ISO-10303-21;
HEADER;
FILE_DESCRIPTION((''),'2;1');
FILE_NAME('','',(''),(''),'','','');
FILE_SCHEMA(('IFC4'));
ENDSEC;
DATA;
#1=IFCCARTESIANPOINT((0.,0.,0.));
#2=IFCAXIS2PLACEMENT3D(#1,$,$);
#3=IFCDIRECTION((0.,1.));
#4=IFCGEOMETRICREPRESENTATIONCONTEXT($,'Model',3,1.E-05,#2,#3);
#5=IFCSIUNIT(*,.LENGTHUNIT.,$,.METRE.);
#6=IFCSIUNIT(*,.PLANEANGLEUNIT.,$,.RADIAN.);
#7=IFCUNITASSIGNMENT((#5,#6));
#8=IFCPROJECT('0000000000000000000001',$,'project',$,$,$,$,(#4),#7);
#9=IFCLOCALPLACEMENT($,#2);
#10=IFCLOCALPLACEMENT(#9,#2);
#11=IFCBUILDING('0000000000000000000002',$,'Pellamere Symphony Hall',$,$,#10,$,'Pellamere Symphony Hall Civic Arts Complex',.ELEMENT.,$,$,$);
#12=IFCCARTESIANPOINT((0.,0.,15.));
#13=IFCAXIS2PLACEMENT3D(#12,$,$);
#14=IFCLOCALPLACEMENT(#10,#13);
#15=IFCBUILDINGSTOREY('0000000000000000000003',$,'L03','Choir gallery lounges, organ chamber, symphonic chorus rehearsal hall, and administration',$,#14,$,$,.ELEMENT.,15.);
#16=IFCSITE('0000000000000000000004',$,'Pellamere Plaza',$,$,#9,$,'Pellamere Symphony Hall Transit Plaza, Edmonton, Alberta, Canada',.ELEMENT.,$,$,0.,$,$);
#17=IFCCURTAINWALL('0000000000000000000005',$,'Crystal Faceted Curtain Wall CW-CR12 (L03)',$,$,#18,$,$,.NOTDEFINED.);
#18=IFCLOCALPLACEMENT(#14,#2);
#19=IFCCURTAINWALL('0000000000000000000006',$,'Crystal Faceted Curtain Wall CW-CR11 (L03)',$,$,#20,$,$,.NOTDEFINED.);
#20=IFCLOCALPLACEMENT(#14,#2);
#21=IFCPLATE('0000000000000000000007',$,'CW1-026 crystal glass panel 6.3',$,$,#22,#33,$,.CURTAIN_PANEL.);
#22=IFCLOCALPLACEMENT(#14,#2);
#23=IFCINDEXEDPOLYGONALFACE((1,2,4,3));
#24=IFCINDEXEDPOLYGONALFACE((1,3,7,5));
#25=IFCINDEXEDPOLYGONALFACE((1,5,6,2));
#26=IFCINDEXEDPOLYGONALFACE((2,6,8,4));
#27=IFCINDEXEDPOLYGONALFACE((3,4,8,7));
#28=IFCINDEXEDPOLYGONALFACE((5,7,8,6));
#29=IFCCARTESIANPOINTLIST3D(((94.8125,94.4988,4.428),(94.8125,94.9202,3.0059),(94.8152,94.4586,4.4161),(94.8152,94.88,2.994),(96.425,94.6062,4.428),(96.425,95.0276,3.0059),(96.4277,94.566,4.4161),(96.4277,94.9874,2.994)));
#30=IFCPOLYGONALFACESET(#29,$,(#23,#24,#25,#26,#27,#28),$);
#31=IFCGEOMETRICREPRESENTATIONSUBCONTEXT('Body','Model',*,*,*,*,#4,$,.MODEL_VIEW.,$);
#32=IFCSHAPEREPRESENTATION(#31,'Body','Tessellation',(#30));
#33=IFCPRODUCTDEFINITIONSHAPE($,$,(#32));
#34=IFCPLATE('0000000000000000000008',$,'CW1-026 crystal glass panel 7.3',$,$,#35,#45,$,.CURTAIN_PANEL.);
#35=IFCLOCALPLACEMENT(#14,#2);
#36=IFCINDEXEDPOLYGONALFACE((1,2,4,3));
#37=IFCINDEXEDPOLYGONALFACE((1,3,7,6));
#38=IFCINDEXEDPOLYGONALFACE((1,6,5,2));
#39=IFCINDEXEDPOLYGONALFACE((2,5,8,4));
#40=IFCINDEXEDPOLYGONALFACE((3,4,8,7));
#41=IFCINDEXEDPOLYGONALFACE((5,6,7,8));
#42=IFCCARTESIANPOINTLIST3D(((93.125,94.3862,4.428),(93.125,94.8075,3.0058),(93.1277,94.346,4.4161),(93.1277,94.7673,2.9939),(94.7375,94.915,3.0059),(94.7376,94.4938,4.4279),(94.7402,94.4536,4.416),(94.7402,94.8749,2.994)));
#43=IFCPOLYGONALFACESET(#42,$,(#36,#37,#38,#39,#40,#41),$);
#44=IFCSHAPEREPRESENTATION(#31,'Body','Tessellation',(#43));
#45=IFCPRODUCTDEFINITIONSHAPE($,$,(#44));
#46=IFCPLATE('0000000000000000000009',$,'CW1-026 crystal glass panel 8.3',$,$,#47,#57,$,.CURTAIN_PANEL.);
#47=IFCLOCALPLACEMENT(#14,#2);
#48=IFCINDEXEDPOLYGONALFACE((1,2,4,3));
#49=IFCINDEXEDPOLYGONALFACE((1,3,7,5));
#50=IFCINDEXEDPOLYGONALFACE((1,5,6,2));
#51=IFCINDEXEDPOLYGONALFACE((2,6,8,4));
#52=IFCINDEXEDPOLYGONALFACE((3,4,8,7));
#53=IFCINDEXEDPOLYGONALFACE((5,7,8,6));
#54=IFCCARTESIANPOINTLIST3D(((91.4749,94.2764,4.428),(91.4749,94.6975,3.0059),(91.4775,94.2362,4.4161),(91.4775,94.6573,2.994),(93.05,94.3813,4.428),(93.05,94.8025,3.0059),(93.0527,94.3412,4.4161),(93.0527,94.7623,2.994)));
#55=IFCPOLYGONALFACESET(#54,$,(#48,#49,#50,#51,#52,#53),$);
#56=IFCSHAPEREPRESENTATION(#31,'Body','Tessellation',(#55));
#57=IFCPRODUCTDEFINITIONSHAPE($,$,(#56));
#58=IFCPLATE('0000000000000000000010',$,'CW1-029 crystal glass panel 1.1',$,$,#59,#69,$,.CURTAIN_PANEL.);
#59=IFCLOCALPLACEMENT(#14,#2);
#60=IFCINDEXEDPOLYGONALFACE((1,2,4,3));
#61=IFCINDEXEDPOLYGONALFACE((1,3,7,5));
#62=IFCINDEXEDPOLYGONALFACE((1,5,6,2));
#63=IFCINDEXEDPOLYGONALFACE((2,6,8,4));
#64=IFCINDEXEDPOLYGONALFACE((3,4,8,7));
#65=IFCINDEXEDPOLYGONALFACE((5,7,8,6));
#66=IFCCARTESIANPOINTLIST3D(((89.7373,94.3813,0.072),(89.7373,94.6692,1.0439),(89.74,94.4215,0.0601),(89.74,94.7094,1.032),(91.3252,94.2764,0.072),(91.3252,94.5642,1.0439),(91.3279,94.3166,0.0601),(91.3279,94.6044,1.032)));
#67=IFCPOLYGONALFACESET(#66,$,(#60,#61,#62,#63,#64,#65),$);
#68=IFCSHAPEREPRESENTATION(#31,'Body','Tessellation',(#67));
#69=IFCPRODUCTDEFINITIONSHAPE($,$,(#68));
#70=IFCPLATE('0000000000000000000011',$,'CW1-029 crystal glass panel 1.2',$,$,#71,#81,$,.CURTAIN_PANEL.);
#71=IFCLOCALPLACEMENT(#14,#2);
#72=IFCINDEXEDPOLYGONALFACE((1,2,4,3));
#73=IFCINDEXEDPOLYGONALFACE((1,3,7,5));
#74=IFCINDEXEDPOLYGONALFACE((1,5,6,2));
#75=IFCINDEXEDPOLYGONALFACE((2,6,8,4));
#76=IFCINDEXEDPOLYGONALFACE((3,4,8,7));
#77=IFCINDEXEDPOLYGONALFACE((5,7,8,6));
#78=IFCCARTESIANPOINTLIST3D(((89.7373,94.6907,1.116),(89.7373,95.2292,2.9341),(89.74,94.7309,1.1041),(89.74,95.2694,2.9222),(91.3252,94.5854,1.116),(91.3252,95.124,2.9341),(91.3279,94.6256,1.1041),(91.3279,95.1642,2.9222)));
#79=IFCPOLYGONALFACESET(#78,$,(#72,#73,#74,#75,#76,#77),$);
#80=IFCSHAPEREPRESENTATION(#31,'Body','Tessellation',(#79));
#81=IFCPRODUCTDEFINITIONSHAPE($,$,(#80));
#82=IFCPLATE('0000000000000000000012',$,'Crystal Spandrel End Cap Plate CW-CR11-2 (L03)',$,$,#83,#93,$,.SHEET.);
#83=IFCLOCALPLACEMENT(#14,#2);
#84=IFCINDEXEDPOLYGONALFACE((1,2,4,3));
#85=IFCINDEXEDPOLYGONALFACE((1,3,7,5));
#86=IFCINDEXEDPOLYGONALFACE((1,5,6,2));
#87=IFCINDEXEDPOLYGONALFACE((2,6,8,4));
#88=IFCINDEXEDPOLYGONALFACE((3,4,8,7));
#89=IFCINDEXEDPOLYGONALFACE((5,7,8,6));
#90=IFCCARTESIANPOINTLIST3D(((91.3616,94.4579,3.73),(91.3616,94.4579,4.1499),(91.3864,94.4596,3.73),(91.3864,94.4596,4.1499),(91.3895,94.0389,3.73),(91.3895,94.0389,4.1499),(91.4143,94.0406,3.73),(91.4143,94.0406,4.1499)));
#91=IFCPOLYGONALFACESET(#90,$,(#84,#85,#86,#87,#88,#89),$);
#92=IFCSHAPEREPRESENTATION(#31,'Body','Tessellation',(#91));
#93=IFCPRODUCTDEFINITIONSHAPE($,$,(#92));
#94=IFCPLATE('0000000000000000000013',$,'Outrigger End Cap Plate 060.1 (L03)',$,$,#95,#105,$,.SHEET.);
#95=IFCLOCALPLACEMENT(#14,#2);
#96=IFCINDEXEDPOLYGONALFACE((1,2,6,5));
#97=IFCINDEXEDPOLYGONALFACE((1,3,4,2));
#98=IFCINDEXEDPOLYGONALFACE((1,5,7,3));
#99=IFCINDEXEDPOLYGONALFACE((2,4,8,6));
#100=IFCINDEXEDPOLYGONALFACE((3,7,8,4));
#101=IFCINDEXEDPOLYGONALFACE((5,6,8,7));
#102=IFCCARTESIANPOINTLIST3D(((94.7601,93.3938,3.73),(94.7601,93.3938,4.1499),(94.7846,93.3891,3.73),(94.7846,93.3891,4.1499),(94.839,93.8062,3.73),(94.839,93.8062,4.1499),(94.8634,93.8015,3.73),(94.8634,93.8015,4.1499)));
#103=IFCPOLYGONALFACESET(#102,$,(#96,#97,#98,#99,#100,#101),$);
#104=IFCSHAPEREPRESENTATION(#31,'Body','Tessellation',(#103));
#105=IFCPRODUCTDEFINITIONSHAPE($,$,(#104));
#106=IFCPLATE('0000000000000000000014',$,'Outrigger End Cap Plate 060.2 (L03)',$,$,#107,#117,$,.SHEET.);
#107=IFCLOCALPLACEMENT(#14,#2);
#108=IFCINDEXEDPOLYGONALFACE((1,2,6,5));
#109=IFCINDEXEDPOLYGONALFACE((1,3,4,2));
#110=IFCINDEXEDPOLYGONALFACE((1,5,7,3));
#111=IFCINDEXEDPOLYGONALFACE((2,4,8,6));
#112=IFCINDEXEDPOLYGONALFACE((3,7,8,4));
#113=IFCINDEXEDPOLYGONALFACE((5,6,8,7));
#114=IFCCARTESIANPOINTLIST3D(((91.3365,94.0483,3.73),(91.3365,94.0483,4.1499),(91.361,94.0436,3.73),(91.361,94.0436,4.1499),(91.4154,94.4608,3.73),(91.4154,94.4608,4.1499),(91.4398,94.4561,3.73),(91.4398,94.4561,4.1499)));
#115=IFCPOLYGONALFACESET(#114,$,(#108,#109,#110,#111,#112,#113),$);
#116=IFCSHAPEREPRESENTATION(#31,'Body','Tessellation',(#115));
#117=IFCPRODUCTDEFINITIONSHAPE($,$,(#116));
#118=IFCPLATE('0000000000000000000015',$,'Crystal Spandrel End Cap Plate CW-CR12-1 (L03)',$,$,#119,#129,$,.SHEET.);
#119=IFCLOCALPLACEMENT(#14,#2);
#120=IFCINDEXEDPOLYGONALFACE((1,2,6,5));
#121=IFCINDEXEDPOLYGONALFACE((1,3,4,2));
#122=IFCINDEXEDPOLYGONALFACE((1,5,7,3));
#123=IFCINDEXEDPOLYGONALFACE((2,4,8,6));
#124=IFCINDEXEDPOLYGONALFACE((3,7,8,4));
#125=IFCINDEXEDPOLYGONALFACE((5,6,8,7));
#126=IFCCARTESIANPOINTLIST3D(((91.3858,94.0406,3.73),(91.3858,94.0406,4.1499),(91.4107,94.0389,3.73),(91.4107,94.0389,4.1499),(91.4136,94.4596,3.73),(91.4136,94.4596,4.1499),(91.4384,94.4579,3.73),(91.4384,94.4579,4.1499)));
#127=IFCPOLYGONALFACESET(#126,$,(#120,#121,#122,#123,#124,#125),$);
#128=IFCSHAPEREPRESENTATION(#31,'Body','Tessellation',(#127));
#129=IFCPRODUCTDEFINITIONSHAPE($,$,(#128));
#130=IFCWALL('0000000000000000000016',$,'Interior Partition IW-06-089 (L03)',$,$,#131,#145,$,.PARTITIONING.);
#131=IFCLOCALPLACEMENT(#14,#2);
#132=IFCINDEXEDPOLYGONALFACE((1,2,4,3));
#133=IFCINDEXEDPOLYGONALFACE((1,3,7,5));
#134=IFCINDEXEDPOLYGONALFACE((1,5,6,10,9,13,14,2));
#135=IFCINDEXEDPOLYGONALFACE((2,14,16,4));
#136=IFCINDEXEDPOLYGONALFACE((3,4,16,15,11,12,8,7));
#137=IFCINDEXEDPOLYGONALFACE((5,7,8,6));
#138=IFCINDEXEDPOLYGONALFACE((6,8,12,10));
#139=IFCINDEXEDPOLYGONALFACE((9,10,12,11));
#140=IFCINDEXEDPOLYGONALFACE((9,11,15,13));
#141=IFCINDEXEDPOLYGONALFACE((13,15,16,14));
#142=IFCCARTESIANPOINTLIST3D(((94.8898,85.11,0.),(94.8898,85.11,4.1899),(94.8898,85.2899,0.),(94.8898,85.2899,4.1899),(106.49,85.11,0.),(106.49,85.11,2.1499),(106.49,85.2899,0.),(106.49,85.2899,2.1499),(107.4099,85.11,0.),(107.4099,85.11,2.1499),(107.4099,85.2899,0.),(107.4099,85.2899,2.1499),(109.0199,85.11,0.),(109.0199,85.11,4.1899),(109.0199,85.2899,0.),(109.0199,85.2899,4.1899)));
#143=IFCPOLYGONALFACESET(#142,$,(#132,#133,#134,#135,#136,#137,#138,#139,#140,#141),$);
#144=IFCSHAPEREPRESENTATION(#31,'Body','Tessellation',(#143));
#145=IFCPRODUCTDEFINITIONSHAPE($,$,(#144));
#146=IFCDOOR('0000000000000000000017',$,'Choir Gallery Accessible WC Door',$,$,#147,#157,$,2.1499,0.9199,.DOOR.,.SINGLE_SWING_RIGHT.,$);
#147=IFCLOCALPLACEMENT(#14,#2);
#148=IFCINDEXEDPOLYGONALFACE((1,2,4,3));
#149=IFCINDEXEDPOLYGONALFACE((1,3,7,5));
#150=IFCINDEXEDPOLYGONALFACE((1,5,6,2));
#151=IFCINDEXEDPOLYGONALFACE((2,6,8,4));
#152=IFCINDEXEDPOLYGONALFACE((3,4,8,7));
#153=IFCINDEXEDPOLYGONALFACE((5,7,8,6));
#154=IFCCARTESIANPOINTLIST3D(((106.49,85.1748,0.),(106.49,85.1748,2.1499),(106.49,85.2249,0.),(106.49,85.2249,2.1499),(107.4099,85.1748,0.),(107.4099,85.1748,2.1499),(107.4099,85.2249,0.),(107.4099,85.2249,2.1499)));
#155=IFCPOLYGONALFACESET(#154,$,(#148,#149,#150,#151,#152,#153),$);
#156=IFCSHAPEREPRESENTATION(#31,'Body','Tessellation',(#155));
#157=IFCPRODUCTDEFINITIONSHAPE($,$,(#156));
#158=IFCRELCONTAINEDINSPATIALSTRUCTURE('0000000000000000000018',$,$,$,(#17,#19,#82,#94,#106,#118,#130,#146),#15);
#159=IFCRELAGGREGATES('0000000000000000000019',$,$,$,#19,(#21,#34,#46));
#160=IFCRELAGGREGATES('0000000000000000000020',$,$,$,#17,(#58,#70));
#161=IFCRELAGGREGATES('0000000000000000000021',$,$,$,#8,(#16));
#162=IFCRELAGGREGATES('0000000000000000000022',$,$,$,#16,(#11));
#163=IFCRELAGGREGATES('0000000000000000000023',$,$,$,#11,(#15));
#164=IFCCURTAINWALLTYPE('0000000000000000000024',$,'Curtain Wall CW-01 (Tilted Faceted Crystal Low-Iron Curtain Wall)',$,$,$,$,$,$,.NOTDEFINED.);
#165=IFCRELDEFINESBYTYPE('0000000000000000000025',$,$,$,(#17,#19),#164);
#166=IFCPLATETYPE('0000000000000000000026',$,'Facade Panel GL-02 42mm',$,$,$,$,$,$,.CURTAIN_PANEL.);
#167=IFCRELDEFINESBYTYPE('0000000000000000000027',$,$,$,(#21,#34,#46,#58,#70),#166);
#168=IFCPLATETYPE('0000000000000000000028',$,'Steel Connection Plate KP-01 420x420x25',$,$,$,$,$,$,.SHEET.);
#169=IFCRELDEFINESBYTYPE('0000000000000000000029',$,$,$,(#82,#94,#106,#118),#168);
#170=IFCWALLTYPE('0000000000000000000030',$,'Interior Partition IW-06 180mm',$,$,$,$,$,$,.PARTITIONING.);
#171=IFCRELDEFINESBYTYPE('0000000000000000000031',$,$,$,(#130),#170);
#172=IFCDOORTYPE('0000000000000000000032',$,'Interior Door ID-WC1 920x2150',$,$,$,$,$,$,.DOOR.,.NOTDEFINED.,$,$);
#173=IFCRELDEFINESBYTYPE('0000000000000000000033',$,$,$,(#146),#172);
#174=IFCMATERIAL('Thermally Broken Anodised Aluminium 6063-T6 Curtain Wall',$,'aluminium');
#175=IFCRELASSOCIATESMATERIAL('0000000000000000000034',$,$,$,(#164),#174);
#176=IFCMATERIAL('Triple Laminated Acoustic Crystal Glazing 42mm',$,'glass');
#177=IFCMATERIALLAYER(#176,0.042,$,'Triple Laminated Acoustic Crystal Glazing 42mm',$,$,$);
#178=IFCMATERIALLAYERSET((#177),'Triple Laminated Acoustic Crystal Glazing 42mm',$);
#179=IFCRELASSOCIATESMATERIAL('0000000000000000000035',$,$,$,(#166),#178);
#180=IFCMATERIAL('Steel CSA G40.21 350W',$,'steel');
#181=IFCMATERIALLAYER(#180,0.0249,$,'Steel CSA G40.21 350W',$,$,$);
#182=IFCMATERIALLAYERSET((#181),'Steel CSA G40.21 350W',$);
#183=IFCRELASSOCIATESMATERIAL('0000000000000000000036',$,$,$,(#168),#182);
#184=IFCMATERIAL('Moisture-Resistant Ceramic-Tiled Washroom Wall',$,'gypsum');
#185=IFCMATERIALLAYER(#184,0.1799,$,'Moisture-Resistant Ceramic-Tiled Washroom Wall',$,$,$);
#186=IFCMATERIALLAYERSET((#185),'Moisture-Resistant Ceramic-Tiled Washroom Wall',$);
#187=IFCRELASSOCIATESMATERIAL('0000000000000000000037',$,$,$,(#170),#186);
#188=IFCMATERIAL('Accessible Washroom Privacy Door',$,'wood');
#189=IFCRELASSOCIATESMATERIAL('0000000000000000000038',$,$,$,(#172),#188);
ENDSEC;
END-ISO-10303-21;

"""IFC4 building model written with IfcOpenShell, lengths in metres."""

from ifc_helpers import new_model, si_unit, direction, frame, frame_2d, origin, origin_2d, place, context, subcontext, project, spatial, polyline, rectangle, outline, extrude, material, layer, layer_set, type_object, element, fill, aggregate, save


model = new_model("IFC4")

# Units and contexts
model_context = context("Model", 3, precision=1e-05, world=origin(), true_north=direction((0.0, 1.0)))
body_context = subcontext(model_context, "Body", "Model", "MODEL_VIEW")
ifc_project = project(units=[si_unit("LENGTHUNIT", "METRE"), si_unit("PLANEANGLEUNIT", "RADIAN")], contexts=[model_context])

# Site, building, storey
site_placement = place(None, origin())
site = spatial("IfcSite", under=ifc_project, at=site_placement, Name="Pellamere Plaza", LongName="Pellamere Symphony Hall Transit Plaza, Edmonton, Alberta, Canada", CompositionType="ELEMENT", RefElevation=0.0)
building_placement = place(site_placement, origin())
building = spatial("IfcBuilding", under=site, at=building_placement, Name="Pellamere Symphony Hall", LongName="Pellamere Symphony Hall Civic Arts Complex", CompositionType="ELEMENT")
storey_placement = place(building_placement, frame((0.0, 0.0, 15.0)))
storey = spatial("IfcBuildingStorey", under=building, at=storey_placement, Name="L03", Description="Choir gallery lounges, organ chamber, symphonic chorus rehearsal hall, and administration", CompositionType="ELEMENT", Elevation=15.0)

# Curtain walls
ifc_material_1 = material(Name="Thermally Broken Anodised Aluminium 6063-T6 Curtain Wall", Category="aluminium")
curtain_wall_type = type_object("IfcCurtainWallType", Name="Curtain Wall CW-01 (Tilted Faceted Crystal Low-Iron Curtain Wall)", PredefinedType="NOTDEFINED", material=ifc_material_1)
curtain_wall_1_placement = place(storey_placement, origin())
curtain_wall_1 = element("IfcCurtainWall", 1, at=curtain_wall_1_placement, inside=storey, type_object=curtain_wall_type, Name="Crystal Faceted Curtain Wall CW-CR12 (L03)", PredefinedType="NOTDEFINED")
curtain_wall_2_placement = place(storey_placement, origin())
curtain_wall_2 = element("IfcCurtainWall", 2, at=curtain_wall_2_placement, inside=storey, type_object=curtain_wall_type, Name="Crystal Faceted Curtain Wall CW-CR11 (L03)", PredefinedType="NOTDEFINED")

# Shared definitions
ifc_material_2 = material(Name="Steel CSA G40.21 350W", Category="steel")

# Plates
ifc_material_3 = material(Name="Triple Laminated Acoustic Crystal Glazing 42mm", Category="glass")
ifc_layer_1 = layer(ifc_material_3, 0.042, Name="Triple Laminated Acoustic Crystal Glazing 42mm")
ifc_layer_set_1 = layer_set([ifc_layer_1], Name="Triple Laminated Acoustic Crystal Glazing 42mm")
plate_type_1 = type_object("IfcPlateType", Name="Facade Panel GL-02 42mm", PredefinedType="CURTAIN_PANEL", material=ifc_layer_set_1)
plate_1_placement = place(storey_placement, frame((96.425, 95.0276, 3.0059), z_axis=(-0.063741, 0.956845, 0.283522), x_axis=(-0.997788, -0.066469, 0.0)))
plate_1 = element("IfcPlate", 3, at=plate_1_placement, type_object=plate_type_1, Name="CW1-026 crystal glass panel 6.3", PredefinedType="CURTAIN_PANEL", context=body_context, shape_type="SweptSolid", body=[
    extrude(outline(polyline([(0.0, 0.0), (1.6161, 0.0), (1.6441, 1.483), (0.028, 1.483), (0.0, 0.0)])), origin(), (0.0, 0.0, -1.0), 0.042),
])
plate_2_placement = place(storey_placement, frame((94.7375, 94.915, 3.0059), z_axis=(-0.063815, 0.956863, 0.283445), x_axis=(-0.997784, -0.066538, -0.00002)))
plate_2 = element("IfcPlate", 4, at=plate_2_placement, type_object=plate_type_1, Name="CW1-026 crystal glass panel 7.3", PredefinedType="CURTAIN_PANEL", context=body_context, shape_type="SweptSolid", body=[
    extrude(outline(polyline([(0.0, 0.0), (1.6161, 0.0), (1.6441, 1.483), (0.028, 1.4829), (0.0, 0.0)])), origin(), (0.0, 0.0, -1.0), 0.042),
])
plate_3_placement = place(storey_placement, frame((93.05, 94.8025, 3.0059), z_axis=(-0.063773, 0.956888, 0.28337), x_axis=(-0.997787, -0.066498, 0.0)))
plate_3 = element("IfcPlate", 5, at=plate_3_placement, type_object=plate_type_1, Name="CW1-026 crystal glass panel 8.3", PredefinedType="CURTAIN_PANEL", context=body_context, shape_type="SweptSolid", body=[
    extrude(outline(polyline([(0.0, 0.0), (1.5787, 0.0), (1.6067, 1.4829), (0.028, 1.4829), (0.0, 0.0)])), origin(), (0.0, 0.0, -1.0), 0.042),
])
aggregate(curtain_wall_2, [plate_1, plate_2, plate_3])
plate_4_placement = place(storey_placement, frame((91.3252, 94.2764, 0.072), z_axis=(-0.063265, -0.956914, 0.283396), x_axis=(-0.997822, 0.065969, 0.0)))
plate_4 = element("IfcPlate", 6, at=plate_4_placement, type_object=plate_type_1, Name="CW1-029 crystal glass panel 1.1", PredefinedType="CURTAIN_PANEL", context=body_context, shape_type="SweptSolid", body=[
    extrude(outline(polyline([(0.0, 0.0), (1.5914, 0.0), (1.6103, -1.0135), (0.019, -1.0135), (0.0, 0.0)])), origin(), (0.0, 0.0, -1.0), 0.042),
])
plate_5_placement = place(storey_placement, frame((91.3252, 94.5854, 1.116), z_axis=(-0.06341, -0.956887, 0.283455), x_axis=(-0.997812, 0.066122, 0.0)))
plate_5 = element("IfcPlate", 7, at=plate_5_placement, type_object=plate_type_1, Name="CW1-029 crystal glass panel 1.2", PredefinedType="CURTAIN_PANEL", context=body_context, shape_type="SweptSolid", body=[
    extrude(outline(polyline([(0.0, 0.0), (1.5914, 0.0), (1.627, -1.8959), (0.0356, -1.8959), (0.0, 0.0)])), origin(), (0.0, 0.0, -1.0), 0.042),
])
aggregate(curtain_wall_1, [plate_4, plate_5])

# Plates
ifc_layer_2 = layer(ifc_material_2, 0.0249, Name="Steel CSA G40.21 350W")
ifc_layer_set_2 = layer_set([ifc_layer_2], Name="Steel CSA G40.21 350W")
plate_type_2 = type_object("IfcPlateType", Name="Steel Connection Plate KP-01 420x420x25", PredefinedType="SHEET", material=ifc_layer_set_2)
for number, where, z_axis, x_axis, name in (
    (8, (91.3879, 94.2493, 3.73), (0.0, 0.0, 1.0), (-0.99779, -0.066448, 0.0), "Crystal Spandrel End Cap Plate CW-CR11-2 (L03)"),
    (9, (94.8118, 93.5977, 3.73), (0.0, 0.0, 1.0), (-0.982222, 0.187724, 0.0), "Outrigger End Cap Plate 060.1 (L03)"),
    (10, (91.3882, 94.2522, 3.73), (0.0, 0.0, 1.0), (-0.982222, 0.187724, 0.0), "Outrigger End Cap Plate 060.2 (L03)"),
    (11, (91.4121, 94.2493, 3.73), (0.0, 0.0, 1.0), (-0.997813, 0.0661, 0.0), "Crystal Spandrel End Cap Plate CW-CR12-1 (L03)"),
):
    element("IfcPlate", number, at=place(storey_placement, frame(where, z_axis=z_axis, x_axis=x_axis)), inside=storey, type_object=plate_type_2, Name=name, PredefinedType="SHEET", context=body_context, shape_type="SweptSolid", body=[
        extrude(rectangle(XDim=0.0249, YDim=0.4199, at=origin_2d()), origin(), (0.0, 0.0, 1.0), 0.4199),
    ])

# Wall, opening, door
ifc_material_4 = material(Name="Moisture-Resistant Ceramic-Tiled Washroom Wall", Category="gypsum")
ifc_layer_3 = layer(ifc_material_4, 0.1799, Name="Moisture-Resistant Ceramic-Tiled Washroom Wall")
ifc_layer_set_3 = layer_set([ifc_layer_3], Name="Moisture-Resistant Ceramic-Tiled Washroom Wall")
wall_type = type_object("IfcWallType", Name="Interior Partition IW-06 180mm", PredefinedType="PARTITIONING", material=ifc_layer_set_3)
wall_placement = place(storey_placement, frame((94.8899, 85.2, 0.0), z_axis=(0.0, 0.0, 1.0), x_axis=(1.0, 0.0, 0.0)))
wall = element("IfcWall", 12, at=wall_placement, inside=storey, type_object=wall_type, Name="Interior Partition IW-06-089 (L03)", PredefinedType="PARTITIONING", context=body_context, shape_type="SweptSolid", body=[
    extrude(rectangle(XDim=14.1301, YDim=0.1799, at=frame_2d((7.0649, 0.0))), origin(), (0.0, 0.0, 1.0), 4.1899),
])
opening_placement = place(wall_placement, frame((11.6001, 0.0, 0.0)))
opening = element("IfcOpeningElement", 13, at=opening_placement, cuts=wall, PredefinedType="OPENING", context=body_context, shape_type="SweptSolid", body=[
    extrude(rectangle(XDim=0.9199, YDim=2.1499, at=frame_2d((0.46, 1.075))), frame((0.0, 0.0999, 0.0), z_axis=(0.0, -1.0, 0.0), x_axis=(1.0, 0.0, 0.0)), (0.0, 0.0, 1.0), 0.2),
])
ifc_material_5 = material(Name="Accessible Washroom Privacy Door", Category="wood")
door_type = type_object("IfcDoorType", Name="Interior Door ID-WC1 920x2150", OperationType="NOTDEFINED", PredefinedType="DOOR", material=ifc_material_5)
door_placement = place(opening_placement, origin())
door = element("IfcDoor", 14, at=door_placement, inside=storey, type_object=door_type, Name="Choir Gallery Accessible WC Door", OperationType="SINGLE_SWING_RIGHT", OverallHeight=2.1499, OverallWidth=0.9199, PredefinedType="DOOR", context=body_context, shape_type="SweptSolid", body=[
    extrude(rectangle(XDim=0.9199, YDim=2.1499, at=frame_2d((0.46, 1.075))), frame((0.0, 0.0249, 0.0), z_axis=(0.0, -1.0, 0.0), x_axis=(1.0, 0.0, 0.0)), (0.0, 0.0, 1.0), 0.05),
])
fill(opening, door)

save(model, "model.ifc")
